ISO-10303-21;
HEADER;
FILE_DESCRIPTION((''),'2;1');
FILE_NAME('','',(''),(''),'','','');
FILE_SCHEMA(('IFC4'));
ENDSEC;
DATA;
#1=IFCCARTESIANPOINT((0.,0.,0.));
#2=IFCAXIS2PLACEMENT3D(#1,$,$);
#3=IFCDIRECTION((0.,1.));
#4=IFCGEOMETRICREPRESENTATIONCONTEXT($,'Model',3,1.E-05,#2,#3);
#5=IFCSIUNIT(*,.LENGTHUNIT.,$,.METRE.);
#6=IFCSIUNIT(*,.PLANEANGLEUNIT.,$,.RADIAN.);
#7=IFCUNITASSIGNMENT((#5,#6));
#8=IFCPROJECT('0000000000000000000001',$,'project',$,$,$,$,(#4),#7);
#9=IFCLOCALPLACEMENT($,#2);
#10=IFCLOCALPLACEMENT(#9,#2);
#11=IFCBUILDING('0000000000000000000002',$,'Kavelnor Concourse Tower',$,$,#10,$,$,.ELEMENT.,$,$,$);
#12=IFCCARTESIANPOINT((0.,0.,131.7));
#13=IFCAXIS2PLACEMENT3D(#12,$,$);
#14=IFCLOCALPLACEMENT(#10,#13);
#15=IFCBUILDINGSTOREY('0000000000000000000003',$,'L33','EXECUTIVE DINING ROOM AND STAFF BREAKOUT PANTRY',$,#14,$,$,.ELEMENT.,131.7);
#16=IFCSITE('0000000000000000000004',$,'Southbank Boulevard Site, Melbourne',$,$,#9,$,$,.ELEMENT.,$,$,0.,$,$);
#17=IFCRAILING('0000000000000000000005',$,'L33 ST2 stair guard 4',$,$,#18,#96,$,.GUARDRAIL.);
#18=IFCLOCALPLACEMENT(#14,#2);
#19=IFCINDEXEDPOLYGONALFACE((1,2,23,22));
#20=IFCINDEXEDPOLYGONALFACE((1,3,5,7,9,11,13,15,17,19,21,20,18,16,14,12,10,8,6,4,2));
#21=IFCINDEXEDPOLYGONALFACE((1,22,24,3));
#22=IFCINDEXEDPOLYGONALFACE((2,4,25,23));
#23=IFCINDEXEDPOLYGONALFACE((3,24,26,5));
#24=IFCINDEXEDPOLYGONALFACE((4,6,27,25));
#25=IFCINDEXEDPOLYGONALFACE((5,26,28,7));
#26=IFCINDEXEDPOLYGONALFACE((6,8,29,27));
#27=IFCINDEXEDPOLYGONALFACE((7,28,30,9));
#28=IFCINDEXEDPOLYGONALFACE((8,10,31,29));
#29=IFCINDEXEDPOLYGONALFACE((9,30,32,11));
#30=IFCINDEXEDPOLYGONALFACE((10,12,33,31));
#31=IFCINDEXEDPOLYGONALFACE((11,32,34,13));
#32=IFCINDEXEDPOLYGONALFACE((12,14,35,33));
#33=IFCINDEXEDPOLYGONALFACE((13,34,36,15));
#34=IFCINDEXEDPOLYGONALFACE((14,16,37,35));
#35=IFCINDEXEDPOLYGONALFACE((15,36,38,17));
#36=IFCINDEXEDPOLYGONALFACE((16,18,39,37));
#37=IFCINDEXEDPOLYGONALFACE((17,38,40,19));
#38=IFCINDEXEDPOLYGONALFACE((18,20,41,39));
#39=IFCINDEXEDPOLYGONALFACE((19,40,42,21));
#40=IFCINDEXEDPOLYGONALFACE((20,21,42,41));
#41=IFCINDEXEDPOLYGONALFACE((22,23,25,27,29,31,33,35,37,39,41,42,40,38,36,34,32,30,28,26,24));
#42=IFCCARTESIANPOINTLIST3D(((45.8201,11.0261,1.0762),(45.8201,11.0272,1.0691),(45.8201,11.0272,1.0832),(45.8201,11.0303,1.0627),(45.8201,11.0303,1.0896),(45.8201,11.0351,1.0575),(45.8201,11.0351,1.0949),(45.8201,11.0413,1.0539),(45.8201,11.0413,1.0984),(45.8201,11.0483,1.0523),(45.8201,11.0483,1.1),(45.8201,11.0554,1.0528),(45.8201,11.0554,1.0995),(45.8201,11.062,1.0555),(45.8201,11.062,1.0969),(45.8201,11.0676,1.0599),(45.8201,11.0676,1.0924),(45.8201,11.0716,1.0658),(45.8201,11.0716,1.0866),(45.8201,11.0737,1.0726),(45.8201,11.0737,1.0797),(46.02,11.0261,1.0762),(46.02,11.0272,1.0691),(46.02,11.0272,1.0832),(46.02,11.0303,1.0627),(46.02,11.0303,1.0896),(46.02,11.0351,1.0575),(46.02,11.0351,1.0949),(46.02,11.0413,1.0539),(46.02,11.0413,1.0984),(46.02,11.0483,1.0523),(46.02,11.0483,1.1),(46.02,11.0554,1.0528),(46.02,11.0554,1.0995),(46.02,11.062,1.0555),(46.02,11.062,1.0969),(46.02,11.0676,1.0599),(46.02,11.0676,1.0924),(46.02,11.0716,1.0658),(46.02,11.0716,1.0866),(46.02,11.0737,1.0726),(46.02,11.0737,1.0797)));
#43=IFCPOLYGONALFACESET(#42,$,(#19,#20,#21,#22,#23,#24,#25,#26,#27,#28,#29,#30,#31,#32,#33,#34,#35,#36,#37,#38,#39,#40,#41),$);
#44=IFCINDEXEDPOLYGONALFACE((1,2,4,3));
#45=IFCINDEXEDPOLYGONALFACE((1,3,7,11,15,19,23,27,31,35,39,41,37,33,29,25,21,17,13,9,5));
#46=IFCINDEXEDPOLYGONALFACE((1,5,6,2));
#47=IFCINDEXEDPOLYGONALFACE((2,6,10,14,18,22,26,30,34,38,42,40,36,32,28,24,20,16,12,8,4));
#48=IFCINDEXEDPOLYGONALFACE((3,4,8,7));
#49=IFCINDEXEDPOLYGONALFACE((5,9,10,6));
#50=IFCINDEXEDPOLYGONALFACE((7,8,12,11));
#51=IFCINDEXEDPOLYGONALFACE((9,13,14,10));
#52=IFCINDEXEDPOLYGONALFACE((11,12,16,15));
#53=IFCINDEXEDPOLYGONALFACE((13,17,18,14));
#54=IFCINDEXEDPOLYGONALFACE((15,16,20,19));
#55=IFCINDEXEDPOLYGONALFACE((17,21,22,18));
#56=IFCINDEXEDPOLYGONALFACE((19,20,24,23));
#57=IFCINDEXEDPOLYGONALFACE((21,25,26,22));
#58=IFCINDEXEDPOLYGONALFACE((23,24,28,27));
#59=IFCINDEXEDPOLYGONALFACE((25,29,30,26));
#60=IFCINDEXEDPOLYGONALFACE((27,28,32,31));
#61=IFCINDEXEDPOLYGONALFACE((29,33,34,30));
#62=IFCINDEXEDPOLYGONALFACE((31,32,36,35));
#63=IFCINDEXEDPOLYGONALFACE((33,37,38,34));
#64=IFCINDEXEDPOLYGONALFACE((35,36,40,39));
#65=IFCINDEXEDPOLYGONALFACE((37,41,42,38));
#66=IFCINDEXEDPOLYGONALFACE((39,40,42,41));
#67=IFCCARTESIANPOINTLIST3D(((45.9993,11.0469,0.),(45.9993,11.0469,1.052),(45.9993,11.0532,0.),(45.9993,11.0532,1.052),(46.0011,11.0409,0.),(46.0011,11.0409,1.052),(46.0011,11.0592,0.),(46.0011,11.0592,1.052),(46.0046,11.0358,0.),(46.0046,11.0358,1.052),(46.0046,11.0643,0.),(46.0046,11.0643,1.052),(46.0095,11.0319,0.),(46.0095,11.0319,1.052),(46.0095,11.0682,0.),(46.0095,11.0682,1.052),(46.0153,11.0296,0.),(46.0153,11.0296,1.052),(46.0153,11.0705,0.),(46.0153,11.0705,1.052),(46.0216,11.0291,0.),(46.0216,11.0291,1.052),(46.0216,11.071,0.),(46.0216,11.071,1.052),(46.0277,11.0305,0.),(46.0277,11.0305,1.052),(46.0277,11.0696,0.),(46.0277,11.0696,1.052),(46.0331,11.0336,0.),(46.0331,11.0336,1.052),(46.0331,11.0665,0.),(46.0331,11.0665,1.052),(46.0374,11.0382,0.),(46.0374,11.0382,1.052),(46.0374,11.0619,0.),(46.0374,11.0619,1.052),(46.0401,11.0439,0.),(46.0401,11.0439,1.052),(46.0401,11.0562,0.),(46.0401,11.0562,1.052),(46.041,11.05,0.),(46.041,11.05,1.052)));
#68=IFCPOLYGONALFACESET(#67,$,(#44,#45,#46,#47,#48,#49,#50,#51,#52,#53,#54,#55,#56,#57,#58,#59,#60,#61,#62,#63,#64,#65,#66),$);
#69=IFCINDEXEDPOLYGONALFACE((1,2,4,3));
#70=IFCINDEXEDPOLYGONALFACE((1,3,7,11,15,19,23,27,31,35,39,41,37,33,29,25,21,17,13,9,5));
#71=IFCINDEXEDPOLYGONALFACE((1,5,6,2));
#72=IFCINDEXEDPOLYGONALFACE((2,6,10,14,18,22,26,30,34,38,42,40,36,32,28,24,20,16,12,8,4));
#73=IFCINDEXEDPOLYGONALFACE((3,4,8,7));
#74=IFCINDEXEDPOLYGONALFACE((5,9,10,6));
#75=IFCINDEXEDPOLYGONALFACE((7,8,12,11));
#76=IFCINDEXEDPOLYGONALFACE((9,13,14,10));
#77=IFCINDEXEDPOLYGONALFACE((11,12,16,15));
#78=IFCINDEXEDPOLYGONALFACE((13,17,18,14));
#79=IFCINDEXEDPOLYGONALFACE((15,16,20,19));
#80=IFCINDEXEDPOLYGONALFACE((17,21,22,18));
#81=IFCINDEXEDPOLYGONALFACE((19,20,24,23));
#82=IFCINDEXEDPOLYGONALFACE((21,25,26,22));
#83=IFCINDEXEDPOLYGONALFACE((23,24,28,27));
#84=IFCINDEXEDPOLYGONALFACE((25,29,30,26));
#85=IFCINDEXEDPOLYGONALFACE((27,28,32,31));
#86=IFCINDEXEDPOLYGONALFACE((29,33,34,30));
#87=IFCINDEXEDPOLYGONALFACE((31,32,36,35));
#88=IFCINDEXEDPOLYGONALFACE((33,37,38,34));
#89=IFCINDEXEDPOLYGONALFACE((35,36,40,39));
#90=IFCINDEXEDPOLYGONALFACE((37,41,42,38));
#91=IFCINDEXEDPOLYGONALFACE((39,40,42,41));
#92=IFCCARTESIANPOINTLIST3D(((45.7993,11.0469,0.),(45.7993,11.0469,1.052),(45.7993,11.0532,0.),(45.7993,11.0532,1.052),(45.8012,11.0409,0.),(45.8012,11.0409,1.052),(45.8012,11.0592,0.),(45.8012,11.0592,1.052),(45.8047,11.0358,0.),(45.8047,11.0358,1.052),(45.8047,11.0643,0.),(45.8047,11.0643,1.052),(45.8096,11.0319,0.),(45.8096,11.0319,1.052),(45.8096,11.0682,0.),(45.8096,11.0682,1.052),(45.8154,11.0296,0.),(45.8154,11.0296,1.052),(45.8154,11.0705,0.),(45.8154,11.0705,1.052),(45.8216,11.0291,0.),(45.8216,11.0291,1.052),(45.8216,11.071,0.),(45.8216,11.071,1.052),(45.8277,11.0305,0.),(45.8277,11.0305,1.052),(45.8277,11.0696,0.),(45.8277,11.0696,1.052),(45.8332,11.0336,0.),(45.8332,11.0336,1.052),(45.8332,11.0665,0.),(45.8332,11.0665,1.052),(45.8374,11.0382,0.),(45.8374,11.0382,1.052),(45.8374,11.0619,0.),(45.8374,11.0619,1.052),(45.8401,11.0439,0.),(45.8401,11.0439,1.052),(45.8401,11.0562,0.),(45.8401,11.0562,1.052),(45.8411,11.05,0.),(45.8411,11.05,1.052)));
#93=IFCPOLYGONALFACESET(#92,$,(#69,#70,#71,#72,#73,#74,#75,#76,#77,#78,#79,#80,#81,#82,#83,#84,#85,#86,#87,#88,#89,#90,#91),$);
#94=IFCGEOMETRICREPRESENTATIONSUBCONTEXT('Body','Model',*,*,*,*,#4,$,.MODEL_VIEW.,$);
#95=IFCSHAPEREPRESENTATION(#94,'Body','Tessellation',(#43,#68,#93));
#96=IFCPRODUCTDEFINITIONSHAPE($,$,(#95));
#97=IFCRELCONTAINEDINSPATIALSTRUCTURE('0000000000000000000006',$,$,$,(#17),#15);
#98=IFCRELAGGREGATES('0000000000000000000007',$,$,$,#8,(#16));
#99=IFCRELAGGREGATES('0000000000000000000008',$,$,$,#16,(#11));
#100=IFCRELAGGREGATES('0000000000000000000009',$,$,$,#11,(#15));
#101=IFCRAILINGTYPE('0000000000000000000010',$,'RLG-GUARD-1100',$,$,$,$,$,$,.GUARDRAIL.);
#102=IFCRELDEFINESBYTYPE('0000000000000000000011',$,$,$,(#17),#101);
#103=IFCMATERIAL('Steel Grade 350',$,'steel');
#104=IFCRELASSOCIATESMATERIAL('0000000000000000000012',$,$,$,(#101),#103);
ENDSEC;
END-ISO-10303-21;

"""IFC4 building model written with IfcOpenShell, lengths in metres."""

from ifc_helpers import new_model, si_unit, direction, frame, origin, origin_2d, place, context, subcontext, project, spatial, circle, extrude, material, type_object, element, save


model = new_model("IFC4")

# Units and contexts
model_context = context("Model", 3, precision=1e-05, world=origin(), true_north=direction((0.0, 1.0)))
body_context = subcontext(model_context, "Body", "Model", "MODEL_VIEW")
ifc_project = project(units=[si_unit("LENGTHUNIT", "METRE"), si_unit("PLANEANGLEUNIT", "RADIAN")], contexts=[model_context])

# Site, building, storey
site_placement = place(None, origin())
site = spatial("IfcSite", under=ifc_project, at=site_placement, Name="Southbank Boulevard Site, Melbourne", CompositionType="ELEMENT", RefElevation=0.0)
building_placement = place(site_placement, origin())
building = spatial("IfcBuilding", under=site, at=building_placement, Name="Kavelnor Concourse Tower", CompositionType="ELEMENT")
storey_placement = place(building_placement, frame((0.0, 0.0, 131.7)))
storey = spatial("IfcBuildingStorey", under=building, at=storey_placement, Name="L33", Description="EXECUTIVE DINING ROOM AND STAFF BREAKOUT PANTRY", CompositionType="ELEMENT", Elevation=131.7)

# Shared definitions
ifc_material_1 = material(Name="Steel Grade 350", Category="steel")

# Railing
railing_type_1 = type_object("IfcRailingType", Name="RLG-GUARD-1100", PredefinedType="GUARDRAIL", material=ifc_material_1)
railing_1_placement = place(storey_placement, frame((46.02, 11.05, 0.0)))
element("IfcRailing", 1, at=railing_1_placement, inside=storey, type_object=railing_type_1, Name="L33 ST2 stair guard 4", PredefinedType="GUARDRAIL", context=body_context, shape_type="SweptSolid", body=[
    extrude(circle(Radius=0.0239, at=origin_2d()), frame((0.0, 0.0, 1.0762), z_axis=(-1.0, 0.0, 0.0), x_axis=(0.0, -1.0, 0.0)), (0.0, 0.0, 1.0), 0.2),
    extrude(circle(Radius=0.021, at=origin_2d()), origin(), (0.0, 0.0, 1.0), 1.052),
    extrude(circle(Radius=0.021, at=origin_2d()), frame((-0.2, 0.0, 0.0)), (0.0, 0.0, 1.0), 1.052),
])

save(model, "model.ifc")
